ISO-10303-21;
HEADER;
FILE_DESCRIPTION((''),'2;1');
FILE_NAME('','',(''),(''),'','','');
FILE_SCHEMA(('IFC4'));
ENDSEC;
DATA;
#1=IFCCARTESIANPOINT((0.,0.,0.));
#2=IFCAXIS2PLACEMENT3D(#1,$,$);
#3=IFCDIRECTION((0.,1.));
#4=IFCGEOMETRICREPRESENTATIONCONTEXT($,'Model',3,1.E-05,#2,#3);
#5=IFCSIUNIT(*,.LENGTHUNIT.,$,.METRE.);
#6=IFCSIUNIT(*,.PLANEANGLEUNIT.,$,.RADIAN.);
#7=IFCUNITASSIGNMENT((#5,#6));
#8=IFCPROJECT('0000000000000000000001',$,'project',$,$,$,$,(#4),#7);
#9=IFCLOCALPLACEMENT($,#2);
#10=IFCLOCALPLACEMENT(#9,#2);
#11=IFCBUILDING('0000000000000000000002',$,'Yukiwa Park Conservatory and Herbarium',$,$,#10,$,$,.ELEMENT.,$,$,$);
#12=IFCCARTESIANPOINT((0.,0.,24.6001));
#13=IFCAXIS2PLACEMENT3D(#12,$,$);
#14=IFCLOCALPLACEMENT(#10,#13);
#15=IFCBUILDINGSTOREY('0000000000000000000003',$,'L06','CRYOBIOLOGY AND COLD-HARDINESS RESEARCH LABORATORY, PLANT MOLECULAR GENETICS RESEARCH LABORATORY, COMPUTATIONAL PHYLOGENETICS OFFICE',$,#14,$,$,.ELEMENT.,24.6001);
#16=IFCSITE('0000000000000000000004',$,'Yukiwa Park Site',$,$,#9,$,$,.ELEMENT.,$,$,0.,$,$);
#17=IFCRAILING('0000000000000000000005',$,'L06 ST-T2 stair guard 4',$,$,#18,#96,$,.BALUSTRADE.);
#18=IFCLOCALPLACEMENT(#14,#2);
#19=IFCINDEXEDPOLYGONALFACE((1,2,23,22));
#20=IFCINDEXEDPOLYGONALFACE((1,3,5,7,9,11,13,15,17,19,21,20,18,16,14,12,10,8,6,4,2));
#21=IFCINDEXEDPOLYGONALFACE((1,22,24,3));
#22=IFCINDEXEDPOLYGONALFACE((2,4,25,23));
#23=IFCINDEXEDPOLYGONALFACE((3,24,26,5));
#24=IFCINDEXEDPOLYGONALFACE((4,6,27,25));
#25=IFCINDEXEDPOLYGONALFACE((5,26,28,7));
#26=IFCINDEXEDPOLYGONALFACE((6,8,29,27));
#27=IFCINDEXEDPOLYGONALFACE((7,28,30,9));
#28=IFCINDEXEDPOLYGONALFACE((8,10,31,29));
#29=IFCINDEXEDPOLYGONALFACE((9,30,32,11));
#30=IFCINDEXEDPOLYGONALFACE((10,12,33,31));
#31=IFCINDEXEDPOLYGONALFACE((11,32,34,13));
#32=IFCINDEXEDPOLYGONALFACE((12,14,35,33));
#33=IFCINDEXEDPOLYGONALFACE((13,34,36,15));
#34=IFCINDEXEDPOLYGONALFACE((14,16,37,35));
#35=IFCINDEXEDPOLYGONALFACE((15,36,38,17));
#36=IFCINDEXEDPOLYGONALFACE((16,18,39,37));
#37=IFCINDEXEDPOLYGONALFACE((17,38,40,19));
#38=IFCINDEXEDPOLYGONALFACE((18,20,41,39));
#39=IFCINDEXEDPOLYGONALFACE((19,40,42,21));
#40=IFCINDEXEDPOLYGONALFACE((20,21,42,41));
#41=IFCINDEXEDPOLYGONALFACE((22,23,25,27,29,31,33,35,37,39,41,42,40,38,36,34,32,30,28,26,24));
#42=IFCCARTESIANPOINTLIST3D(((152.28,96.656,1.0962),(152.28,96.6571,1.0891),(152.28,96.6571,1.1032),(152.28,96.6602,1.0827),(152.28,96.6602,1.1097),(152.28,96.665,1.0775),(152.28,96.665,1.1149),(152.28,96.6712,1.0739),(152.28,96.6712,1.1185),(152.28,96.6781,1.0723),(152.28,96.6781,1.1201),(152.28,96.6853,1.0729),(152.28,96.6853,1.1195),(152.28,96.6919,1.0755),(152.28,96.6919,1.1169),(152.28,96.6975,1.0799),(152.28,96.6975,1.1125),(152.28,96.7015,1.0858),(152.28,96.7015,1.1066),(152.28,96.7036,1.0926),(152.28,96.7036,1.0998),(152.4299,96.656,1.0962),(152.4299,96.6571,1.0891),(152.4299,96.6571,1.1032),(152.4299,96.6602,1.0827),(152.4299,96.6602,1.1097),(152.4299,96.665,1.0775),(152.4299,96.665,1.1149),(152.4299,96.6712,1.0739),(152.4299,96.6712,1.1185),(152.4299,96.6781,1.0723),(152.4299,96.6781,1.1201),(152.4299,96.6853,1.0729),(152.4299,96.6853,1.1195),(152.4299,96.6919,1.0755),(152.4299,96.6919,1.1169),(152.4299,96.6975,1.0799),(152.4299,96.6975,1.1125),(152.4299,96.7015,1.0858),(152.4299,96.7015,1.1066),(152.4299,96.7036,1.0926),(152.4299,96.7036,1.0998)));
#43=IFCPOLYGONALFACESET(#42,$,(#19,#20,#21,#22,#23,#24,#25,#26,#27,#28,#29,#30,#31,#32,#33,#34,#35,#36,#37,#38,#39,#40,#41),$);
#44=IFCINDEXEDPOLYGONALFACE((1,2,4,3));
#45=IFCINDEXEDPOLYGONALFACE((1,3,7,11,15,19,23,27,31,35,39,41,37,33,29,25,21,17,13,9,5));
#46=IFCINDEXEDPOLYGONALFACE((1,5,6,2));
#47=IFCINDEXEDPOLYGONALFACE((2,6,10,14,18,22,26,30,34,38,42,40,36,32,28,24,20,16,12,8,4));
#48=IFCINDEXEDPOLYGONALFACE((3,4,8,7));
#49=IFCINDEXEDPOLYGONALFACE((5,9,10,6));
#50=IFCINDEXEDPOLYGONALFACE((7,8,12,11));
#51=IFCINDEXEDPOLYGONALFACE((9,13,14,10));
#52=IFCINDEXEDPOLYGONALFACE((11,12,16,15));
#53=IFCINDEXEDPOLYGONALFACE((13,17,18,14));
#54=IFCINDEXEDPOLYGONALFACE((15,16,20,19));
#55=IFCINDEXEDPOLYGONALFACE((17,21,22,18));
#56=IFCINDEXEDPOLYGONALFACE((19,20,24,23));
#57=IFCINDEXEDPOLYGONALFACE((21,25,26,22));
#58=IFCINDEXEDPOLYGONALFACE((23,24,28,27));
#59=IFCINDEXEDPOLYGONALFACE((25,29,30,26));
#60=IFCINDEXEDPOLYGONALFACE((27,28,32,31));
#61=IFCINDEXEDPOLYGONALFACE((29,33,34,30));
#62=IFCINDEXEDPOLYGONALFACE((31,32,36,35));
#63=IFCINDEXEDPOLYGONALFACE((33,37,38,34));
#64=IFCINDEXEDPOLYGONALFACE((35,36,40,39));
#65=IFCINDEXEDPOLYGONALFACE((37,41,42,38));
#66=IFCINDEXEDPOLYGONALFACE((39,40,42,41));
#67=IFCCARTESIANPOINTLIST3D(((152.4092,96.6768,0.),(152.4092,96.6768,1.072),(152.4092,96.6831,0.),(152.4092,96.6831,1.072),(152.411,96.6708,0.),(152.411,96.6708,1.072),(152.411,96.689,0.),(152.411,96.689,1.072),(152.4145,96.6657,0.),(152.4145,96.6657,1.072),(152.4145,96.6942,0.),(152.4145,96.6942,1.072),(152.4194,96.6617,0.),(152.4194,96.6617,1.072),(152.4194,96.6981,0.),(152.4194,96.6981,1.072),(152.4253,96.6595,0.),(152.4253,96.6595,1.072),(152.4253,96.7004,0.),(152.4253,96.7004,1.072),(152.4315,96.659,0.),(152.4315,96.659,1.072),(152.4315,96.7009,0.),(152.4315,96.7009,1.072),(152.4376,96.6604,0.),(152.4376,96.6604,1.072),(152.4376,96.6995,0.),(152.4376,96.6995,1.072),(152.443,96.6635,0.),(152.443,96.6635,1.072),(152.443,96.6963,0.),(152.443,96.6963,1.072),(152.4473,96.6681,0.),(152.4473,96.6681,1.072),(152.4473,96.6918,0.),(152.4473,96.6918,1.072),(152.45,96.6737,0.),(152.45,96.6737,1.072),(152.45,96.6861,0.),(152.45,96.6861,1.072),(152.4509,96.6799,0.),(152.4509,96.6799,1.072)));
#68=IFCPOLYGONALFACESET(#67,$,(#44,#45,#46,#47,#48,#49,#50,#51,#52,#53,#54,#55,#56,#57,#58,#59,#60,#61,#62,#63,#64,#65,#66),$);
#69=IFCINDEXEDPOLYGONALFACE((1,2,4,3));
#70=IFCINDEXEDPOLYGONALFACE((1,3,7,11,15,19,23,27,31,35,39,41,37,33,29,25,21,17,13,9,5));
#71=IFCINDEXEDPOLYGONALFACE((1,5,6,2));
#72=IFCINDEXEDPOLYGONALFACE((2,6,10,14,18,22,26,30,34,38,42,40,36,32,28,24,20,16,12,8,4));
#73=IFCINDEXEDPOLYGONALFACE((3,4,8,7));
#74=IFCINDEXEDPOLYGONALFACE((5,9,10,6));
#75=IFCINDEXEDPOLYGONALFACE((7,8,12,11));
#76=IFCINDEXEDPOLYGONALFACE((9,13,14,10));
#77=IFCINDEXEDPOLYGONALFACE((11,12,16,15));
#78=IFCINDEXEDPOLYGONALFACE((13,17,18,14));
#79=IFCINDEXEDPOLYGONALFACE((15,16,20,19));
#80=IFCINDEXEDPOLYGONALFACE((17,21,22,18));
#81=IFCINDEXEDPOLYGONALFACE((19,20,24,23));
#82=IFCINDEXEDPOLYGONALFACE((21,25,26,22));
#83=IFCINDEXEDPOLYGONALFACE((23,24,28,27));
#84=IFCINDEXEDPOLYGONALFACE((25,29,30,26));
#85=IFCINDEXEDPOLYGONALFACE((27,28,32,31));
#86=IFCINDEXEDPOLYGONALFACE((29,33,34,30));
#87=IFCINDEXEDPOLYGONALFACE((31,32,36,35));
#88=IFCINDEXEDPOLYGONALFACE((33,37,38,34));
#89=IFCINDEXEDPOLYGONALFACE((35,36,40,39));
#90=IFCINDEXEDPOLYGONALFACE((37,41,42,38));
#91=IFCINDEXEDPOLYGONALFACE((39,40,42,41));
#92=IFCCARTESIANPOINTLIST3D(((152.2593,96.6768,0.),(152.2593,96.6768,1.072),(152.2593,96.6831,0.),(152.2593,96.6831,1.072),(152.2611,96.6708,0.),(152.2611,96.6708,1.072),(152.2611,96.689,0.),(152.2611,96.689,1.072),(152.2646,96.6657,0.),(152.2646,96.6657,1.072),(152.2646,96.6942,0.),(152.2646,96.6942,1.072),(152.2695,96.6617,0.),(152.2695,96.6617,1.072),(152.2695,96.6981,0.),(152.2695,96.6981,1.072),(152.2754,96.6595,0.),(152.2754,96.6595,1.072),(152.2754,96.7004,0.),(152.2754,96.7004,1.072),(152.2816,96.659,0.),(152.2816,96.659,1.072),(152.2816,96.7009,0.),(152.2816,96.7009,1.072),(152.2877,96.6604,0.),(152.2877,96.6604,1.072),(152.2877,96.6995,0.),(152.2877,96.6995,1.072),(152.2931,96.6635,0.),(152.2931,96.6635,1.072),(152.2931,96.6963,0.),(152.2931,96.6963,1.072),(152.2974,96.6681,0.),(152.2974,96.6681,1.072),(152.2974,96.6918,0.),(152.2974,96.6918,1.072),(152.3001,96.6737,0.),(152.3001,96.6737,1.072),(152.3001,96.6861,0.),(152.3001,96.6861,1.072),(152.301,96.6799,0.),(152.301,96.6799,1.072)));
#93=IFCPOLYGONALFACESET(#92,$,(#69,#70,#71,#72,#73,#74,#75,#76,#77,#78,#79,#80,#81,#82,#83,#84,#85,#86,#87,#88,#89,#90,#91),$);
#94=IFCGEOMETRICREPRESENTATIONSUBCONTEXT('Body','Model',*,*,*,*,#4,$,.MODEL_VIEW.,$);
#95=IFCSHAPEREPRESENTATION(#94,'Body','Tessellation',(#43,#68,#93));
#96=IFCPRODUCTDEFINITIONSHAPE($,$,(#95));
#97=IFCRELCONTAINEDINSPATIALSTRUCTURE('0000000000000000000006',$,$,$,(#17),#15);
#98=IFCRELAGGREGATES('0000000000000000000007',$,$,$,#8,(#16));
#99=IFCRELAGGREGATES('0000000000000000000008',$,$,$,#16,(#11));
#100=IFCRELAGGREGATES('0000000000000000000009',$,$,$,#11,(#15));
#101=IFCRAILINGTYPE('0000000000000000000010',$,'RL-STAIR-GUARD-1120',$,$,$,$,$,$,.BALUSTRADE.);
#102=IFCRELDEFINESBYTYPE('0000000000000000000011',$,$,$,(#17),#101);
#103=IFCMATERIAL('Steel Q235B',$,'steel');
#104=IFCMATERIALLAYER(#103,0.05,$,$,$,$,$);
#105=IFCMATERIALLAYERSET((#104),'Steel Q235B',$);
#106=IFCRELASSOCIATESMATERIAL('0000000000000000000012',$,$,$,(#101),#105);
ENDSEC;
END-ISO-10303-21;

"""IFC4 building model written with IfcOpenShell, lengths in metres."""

from ifc_helpers import new_model, si_unit, direction, frame, origin, origin_2d, place, context, subcontext, project, spatial, circle, extrude, material, layer, layer_set, type_object, element, save


model = new_model("IFC4")

# Units and contexts
model_context = context("Model", 3, precision=1e-05, world=origin(), true_north=direction((0.0, 1.0)))
body_context = subcontext(model_context, "Body", "Model", "MODEL_VIEW")
ifc_project = project(units=[si_unit("LENGTHUNIT", "METRE"), si_unit("PLANEANGLEUNIT", "RADIAN")], contexts=[model_context])

# Site, building, storey
site_placement = place(None, origin())
site = spatial("IfcSite", under=ifc_project, at=site_placement, Name="Yukiwa Park Site", CompositionType="ELEMENT", RefElevation=0.0)
building_placement = place(site_placement, origin())
building = spatial("IfcBuilding", under=site, at=building_placement, Name="Yukiwa Park Conservatory and Herbarium", CompositionType="ELEMENT")
storey_placement = place(building_placement, frame((0.0, 0.0, 24.6001)))
storey = spatial("IfcBuildingStorey", under=building, at=storey_placement, Name="L06", Description="CRYOBIOLOGY AND COLD-HARDINESS RESEARCH LABORATORY, PLANT MOLECULAR GENETICS RESEARCH LABORATORY, COMPUTATIONAL PHYLOGENETICS OFFICE", CompositionType="ELEMENT", Elevation=24.6001)

# Railing
ifc_material_1 = material(Name="Steel Q235B", Category="steel")
ifc_layer_1 = layer(ifc_material_1, 0.05)
ifc_layer_set_1 = layer_set([ifc_layer_1], Name="Steel Q235B")
railing_type_1 = type_object("IfcRailingType", Name="RL-STAIR-GUARD-1120", PredefinedType="BALUSTRADE", material=ifc_layer_set_1)
railing_1_placement = place(storey_placement, frame((152.4299, 96.6799, 0.0)))
element("IfcRailing", 1, at=railing_1_placement, inside=storey, type_object=railing_type_1, Name="L06 ST-T2 stair guard 4", PredefinedType="BALUSTRADE", context=body_context, shape_type="SweptSolid", body=[
    extrude(circle(Radius=0.0239, at=origin_2d()), frame((0.0, 0.0, 1.0962), z_axis=(-1.0, 0.0, 0.0), x_axis=(0.0, -1.0, 0.0)), (0.0, 0.0, 1.0), 0.1499),
    extrude(circle(Radius=0.021, at=origin_2d()), origin(), (0.0, 0.0, 1.0), 1.072),
    extrude(circle(Radius=0.021, at=origin_2d()), frame((-0.1499, 0.0, 0.0)), (0.0, 0.0, 1.0), 1.072),
])

save(model, "model.ifc")
